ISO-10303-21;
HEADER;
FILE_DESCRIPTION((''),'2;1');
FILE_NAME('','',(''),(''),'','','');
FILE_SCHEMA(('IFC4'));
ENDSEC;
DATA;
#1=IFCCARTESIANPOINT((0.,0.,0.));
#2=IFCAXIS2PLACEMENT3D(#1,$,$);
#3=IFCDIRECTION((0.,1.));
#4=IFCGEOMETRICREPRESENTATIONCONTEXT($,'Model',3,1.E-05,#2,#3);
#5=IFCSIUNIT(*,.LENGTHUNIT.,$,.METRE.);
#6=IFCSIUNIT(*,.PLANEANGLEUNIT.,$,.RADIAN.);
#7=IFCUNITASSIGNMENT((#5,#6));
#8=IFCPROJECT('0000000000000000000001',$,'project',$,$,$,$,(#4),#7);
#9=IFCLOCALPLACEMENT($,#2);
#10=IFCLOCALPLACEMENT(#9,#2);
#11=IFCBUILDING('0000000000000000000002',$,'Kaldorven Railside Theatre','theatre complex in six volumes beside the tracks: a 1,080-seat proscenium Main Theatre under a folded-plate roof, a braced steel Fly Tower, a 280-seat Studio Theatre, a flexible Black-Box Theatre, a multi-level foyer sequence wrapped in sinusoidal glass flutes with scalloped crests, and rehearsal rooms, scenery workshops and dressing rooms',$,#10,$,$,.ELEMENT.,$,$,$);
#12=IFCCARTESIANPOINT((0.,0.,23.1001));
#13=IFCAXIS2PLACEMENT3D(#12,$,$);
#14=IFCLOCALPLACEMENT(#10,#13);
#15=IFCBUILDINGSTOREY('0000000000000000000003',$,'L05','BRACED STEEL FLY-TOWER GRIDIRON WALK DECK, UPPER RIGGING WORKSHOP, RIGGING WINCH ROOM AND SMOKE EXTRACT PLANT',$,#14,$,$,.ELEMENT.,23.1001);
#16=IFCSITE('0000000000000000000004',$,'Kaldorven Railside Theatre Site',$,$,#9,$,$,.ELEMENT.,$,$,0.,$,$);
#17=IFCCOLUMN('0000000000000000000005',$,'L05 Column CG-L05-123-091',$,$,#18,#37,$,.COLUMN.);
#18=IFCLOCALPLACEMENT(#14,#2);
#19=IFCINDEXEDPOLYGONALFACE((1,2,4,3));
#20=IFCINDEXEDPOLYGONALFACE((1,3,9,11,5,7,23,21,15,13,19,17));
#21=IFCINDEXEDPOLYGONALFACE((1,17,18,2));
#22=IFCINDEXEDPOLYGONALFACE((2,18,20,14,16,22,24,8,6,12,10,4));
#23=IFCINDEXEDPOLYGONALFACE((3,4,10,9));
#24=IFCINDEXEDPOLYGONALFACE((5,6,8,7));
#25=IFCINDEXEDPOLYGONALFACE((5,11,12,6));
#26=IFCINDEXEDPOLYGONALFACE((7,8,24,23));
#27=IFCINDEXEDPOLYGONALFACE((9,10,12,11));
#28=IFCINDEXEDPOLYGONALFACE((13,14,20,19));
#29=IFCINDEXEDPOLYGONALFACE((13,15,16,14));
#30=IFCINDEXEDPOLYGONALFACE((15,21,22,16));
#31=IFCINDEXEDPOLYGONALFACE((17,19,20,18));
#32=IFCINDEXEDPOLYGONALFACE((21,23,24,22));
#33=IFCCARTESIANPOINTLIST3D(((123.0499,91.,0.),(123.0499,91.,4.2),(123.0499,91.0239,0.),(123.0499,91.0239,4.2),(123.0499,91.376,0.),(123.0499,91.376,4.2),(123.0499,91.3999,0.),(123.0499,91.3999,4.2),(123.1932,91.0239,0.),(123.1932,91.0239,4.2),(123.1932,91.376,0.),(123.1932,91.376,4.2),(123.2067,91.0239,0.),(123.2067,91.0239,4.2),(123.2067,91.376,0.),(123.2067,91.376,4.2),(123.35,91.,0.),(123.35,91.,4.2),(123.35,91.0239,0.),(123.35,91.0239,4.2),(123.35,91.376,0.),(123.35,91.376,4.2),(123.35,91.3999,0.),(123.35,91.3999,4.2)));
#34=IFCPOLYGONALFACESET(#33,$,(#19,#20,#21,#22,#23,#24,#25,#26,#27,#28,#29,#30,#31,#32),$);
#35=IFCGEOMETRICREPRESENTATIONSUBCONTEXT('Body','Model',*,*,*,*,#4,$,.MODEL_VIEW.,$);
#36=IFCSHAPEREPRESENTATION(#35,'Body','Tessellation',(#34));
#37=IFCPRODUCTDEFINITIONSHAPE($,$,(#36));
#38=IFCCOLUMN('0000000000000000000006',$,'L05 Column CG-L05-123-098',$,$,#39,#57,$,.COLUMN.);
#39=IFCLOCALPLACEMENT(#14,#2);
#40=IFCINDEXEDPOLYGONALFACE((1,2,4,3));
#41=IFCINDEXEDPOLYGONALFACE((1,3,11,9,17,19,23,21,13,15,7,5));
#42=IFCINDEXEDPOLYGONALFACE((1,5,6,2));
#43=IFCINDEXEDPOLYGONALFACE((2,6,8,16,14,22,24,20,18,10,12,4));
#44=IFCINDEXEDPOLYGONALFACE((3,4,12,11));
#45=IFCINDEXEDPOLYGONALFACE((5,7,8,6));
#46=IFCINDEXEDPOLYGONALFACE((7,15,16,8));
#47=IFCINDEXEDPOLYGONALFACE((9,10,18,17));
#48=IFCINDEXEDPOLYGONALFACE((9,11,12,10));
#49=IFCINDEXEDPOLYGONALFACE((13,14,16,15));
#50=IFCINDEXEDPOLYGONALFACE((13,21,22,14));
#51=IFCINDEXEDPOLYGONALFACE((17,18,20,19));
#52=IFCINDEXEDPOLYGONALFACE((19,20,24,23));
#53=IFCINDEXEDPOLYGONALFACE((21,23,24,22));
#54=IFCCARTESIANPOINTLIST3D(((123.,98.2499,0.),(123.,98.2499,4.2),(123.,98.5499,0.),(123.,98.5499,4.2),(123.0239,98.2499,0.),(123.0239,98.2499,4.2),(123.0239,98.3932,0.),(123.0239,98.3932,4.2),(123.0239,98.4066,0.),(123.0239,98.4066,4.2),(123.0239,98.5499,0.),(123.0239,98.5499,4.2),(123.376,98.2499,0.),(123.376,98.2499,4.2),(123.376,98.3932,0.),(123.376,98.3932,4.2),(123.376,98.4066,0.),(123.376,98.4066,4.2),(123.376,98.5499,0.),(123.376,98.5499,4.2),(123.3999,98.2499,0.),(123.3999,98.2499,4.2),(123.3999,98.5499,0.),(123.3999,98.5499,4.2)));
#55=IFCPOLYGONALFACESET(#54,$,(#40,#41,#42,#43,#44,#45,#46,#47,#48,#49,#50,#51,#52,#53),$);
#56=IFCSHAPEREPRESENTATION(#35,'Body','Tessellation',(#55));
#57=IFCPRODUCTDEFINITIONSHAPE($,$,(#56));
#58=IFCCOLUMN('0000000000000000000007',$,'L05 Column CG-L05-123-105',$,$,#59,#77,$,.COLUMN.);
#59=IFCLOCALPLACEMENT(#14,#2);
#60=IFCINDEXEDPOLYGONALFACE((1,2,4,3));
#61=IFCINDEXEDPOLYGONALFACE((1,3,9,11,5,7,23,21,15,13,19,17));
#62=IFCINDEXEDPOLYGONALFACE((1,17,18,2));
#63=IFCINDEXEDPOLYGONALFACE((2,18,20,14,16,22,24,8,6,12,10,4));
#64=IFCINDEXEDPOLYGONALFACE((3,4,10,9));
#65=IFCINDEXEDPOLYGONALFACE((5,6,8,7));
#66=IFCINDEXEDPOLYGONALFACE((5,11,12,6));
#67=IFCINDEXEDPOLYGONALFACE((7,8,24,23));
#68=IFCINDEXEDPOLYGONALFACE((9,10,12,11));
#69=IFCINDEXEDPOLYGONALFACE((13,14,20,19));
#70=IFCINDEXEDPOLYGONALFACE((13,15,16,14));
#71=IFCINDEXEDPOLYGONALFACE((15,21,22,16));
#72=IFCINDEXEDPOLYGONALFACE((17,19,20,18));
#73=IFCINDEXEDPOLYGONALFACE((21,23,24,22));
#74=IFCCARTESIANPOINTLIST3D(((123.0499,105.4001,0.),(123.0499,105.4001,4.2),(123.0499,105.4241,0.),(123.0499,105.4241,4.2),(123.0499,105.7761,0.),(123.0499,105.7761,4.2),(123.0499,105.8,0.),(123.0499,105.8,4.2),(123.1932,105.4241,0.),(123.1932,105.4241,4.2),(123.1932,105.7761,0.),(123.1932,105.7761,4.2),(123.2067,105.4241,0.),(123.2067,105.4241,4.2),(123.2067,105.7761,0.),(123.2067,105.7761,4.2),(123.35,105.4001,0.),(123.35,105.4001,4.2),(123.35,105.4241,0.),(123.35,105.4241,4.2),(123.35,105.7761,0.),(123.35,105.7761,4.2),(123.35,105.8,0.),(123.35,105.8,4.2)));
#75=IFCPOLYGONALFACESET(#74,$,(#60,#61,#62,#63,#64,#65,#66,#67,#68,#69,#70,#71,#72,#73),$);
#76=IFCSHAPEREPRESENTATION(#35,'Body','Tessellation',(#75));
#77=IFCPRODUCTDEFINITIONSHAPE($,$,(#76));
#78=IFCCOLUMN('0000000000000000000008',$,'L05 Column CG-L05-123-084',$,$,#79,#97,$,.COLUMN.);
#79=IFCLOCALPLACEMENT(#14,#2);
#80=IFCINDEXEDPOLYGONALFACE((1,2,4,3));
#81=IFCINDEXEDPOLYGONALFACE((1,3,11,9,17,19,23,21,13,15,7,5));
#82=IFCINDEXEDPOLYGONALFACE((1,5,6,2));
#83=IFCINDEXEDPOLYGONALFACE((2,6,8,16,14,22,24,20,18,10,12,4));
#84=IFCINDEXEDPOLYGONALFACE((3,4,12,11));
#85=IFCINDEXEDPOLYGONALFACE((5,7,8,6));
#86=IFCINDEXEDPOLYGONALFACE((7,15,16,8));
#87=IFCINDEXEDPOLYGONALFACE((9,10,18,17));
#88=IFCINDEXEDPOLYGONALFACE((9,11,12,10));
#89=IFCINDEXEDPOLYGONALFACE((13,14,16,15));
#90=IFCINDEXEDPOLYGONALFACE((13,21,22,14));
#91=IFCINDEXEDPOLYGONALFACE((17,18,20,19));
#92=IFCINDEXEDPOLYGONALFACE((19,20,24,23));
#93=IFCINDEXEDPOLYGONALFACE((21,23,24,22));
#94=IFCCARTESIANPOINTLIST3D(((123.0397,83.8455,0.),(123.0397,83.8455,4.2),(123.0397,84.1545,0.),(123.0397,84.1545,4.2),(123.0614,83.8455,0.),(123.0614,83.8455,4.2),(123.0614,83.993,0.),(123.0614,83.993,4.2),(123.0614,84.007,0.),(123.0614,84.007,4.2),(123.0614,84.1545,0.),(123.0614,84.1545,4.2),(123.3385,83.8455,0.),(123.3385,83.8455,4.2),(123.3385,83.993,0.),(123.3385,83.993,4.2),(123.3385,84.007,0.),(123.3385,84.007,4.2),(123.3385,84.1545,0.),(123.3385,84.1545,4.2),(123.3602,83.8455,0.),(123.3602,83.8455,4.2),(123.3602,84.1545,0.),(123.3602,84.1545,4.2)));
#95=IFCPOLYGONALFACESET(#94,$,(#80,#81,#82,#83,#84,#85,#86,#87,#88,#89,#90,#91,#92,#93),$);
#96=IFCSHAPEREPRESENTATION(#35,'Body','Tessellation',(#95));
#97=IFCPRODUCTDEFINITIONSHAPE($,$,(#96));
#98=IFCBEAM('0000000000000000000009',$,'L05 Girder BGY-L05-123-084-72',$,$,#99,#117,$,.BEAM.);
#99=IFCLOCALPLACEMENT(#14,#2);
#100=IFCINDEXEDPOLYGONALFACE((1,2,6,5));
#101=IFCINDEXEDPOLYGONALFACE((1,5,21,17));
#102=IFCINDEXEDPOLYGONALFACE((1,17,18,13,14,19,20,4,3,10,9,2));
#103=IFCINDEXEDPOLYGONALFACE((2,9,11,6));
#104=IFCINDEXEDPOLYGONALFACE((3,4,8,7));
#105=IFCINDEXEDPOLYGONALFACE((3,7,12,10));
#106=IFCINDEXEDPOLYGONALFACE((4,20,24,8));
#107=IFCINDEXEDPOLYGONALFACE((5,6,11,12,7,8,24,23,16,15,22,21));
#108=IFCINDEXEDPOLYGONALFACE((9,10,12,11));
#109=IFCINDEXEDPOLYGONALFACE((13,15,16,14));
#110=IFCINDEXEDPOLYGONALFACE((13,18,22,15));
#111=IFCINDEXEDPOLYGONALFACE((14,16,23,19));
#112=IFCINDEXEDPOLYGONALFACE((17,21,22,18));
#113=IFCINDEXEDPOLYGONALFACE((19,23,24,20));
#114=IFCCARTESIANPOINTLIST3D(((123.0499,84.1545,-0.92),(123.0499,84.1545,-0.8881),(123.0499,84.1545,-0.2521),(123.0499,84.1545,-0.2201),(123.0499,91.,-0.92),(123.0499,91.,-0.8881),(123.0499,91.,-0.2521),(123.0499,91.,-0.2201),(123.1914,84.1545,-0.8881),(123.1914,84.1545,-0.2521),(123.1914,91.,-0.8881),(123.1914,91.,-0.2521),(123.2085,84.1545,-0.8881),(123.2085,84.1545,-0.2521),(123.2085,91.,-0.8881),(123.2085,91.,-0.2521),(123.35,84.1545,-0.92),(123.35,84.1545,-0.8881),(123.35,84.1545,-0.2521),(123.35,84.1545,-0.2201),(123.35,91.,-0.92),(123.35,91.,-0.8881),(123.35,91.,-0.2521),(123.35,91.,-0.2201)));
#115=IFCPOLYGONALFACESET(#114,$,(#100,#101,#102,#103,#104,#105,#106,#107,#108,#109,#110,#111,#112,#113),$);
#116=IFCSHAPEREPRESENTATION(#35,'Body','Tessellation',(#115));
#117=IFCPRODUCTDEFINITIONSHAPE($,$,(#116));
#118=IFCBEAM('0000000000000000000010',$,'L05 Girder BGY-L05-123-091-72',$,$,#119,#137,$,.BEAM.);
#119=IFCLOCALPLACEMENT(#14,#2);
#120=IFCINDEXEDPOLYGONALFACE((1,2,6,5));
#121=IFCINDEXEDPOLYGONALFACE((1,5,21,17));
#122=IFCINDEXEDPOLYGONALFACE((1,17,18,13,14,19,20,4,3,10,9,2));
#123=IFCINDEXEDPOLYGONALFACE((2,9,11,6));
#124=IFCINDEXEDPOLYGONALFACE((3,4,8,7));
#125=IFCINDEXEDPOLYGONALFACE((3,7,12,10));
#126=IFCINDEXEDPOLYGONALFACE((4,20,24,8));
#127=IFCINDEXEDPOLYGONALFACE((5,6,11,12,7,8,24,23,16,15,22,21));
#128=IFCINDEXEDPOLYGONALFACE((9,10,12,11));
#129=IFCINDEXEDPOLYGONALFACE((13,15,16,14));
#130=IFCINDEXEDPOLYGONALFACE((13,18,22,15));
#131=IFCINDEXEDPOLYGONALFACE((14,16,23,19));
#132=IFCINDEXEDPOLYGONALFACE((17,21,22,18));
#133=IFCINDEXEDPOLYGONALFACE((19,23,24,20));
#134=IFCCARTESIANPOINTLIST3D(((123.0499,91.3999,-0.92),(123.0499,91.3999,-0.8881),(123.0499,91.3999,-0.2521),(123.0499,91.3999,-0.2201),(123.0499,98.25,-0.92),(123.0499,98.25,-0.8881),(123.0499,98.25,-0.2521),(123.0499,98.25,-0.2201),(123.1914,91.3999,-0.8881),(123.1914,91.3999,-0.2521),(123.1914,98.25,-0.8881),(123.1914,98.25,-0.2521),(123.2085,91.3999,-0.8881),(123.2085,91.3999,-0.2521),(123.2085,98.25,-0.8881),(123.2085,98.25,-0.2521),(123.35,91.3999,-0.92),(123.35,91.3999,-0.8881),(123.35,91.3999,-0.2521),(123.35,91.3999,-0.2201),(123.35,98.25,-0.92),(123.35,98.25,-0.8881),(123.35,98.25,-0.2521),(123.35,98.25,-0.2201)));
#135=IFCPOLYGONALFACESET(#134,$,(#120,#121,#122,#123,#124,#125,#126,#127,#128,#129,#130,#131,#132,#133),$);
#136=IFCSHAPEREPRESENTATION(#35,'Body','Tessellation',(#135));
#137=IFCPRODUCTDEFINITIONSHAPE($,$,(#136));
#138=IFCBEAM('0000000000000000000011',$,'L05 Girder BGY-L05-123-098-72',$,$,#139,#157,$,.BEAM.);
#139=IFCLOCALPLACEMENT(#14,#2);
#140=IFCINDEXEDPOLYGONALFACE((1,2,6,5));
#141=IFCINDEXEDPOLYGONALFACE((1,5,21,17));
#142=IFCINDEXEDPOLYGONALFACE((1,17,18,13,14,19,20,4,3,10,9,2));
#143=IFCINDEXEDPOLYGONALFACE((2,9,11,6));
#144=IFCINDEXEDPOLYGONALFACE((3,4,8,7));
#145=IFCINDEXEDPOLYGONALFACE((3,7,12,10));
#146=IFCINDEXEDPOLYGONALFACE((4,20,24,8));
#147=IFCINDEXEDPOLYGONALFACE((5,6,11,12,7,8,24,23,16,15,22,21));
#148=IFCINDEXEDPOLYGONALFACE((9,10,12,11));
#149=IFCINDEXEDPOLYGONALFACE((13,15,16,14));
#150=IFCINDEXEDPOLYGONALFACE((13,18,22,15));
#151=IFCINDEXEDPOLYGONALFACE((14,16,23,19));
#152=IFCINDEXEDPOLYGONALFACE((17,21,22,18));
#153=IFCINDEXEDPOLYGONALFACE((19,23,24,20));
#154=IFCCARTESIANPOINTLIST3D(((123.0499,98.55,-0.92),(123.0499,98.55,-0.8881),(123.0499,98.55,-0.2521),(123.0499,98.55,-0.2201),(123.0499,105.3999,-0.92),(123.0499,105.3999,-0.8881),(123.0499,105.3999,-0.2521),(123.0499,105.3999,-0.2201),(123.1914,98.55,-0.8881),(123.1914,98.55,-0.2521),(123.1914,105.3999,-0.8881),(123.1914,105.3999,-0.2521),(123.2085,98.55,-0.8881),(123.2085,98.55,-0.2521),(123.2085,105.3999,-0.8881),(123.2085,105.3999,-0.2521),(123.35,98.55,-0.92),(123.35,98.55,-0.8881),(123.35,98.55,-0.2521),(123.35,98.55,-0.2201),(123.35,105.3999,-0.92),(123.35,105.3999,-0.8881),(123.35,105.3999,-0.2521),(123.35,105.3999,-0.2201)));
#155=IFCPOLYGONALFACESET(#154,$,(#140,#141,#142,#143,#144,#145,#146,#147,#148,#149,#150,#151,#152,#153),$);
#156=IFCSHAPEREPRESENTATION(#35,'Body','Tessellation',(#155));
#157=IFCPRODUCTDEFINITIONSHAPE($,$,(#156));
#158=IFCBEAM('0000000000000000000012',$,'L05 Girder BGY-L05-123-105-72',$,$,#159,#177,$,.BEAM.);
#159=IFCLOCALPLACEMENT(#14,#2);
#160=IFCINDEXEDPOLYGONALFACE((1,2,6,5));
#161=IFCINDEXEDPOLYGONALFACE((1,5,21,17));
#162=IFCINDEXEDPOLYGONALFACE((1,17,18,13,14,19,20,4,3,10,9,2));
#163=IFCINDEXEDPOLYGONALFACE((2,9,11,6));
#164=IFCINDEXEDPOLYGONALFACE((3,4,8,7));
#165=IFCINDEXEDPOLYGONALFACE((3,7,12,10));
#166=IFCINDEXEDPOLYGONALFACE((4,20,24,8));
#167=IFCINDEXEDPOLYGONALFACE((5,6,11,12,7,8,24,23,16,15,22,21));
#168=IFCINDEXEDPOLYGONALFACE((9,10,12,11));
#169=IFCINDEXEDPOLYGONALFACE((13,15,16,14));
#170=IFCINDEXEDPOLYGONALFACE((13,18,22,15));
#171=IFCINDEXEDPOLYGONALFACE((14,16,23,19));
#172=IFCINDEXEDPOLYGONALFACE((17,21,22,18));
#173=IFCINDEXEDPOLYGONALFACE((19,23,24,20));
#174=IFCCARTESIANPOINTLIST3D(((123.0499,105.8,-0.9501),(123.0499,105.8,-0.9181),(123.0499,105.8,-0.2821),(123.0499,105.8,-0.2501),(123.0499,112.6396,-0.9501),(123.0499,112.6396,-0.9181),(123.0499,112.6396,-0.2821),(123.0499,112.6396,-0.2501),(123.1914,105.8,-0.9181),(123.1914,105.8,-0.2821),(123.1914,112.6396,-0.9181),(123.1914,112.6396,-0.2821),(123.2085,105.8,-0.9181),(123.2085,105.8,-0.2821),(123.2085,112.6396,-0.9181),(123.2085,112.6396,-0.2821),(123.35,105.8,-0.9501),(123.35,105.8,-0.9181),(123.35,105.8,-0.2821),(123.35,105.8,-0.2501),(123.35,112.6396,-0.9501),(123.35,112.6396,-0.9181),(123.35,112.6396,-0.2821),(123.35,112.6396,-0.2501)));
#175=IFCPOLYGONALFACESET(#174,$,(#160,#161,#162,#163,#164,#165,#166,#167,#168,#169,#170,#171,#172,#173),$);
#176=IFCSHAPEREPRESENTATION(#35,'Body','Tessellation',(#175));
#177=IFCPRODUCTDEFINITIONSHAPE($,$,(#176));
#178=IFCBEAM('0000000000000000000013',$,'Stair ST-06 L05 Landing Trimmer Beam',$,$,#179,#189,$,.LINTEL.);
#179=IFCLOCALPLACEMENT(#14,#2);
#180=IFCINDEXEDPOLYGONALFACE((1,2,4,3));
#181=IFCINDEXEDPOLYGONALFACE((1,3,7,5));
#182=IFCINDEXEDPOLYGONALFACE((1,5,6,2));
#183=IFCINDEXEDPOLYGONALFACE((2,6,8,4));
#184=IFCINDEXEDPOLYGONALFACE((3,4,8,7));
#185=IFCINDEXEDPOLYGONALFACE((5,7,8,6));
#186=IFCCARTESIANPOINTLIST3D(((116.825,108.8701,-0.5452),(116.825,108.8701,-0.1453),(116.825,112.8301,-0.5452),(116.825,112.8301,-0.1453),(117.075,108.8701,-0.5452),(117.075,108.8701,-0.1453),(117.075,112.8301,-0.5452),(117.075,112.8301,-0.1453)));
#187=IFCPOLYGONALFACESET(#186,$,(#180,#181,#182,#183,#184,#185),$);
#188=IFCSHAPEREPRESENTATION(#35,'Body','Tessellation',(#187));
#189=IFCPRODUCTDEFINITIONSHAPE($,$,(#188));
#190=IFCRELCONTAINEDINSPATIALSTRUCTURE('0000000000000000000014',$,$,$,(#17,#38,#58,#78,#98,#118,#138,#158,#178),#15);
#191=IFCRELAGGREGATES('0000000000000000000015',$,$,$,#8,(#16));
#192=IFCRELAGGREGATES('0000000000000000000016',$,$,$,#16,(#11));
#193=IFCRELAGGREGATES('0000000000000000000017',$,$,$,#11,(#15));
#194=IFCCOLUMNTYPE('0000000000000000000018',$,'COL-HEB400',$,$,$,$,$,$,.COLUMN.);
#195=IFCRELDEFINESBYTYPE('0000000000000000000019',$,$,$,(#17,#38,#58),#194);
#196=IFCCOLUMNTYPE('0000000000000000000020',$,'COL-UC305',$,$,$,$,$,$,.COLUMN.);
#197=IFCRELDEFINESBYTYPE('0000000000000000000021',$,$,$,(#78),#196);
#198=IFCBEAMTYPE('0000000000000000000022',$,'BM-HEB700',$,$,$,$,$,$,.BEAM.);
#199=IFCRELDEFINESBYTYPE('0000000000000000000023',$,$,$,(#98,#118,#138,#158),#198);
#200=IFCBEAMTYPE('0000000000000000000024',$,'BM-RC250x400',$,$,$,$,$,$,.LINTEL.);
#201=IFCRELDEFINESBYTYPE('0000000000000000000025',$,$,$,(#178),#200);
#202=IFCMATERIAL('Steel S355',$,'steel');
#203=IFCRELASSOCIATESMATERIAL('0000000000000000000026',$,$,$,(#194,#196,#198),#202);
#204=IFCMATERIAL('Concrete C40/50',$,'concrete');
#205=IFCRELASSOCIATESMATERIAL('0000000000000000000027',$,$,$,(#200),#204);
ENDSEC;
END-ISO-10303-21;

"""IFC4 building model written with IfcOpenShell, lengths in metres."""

from ifc_helpers import new_model, si_unit, direction, frame, origin, origin_2d, place, context, subcontext, project, spatial, rectangle, i_section, extrude, material, material_profile, profile_set, type_object, element, save


model = new_model("IFC4")

# Units and contexts
model_context = context("Model", 3, precision=1e-05, world=origin(), true_north=direction((0.0, 1.0)))
body_context = subcontext(model_context, "Body", "Model", "MODEL_VIEW")
ifc_project = project(units=[si_unit("LENGTHUNIT", "METRE"), si_unit("PLANEANGLEUNIT", "RADIAN")], contexts=[model_context])

# Site, building, storey
site_placement = place(None, origin())
site = spatial("IfcSite", under=ifc_project, at=site_placement, Name="Kaldorven Railside Theatre Site", CompositionType="ELEMENT", RefElevation=0.0)
building_placement = place(site_placement, origin())
building = spatial("IfcBuilding", under=site, at=building_placement, Name="Kaldorven Railside Theatre", Description="theatre complex in six volumes beside the tracks: a 1,080-seat proscenium Main Theatre under a folded-plate roof, a braced steel Fly Tower, a 280-seat Studio Theatre, a flexible Black-Box Theatre, a multi-level foyer sequence wrapped in sinusoidal glass flutes with scalloped crests, and rehearsal rooms, scenery workshops and dressing rooms", CompositionType="ELEMENT")
storey_placement = place(building_placement, frame((0.0, 0.0, 23.1001)))
storey = spatial("IfcBuildingStorey", under=building, at=storey_placement, Name="L05", Description="BRACED STEEL FLY-TOWER GRIDIRON WALK DECK, UPPER RIGGING WORKSHOP, RIGGING WINCH ROOM AND SMOKE EXTRACT PLANT", CompositionType="ELEMENT", Elevation=23.1001)

# Columns
ifc_material_1 = material(Name="Steel S355", Category="steel")
ifc_material_profile_1 = material_profile(ifc_material_1, i_section(OverallWidth=0.3, OverallDepth=0.3999, WebThickness=0.0134, FlangeThickness=0.0239, at=origin_2d()), Name="HEB 400")
ifc_profile_set_1 = profile_set([ifc_material_profile_1], Name="Steel S355")
column_type_1 = type_object("IfcColumnType", Name="COL-HEB400", PredefinedType="COLUMN", material=ifc_profile_set_1)
for number, where, z_axis, x_axis, name in (
    (1, (123.2, 91.2, 0.0), (0.0, 0.0, 1.0), (1.0, 0.0, 0.0), "L05 Column CG-L05-123-091"),
    (2, (123.2, 98.3999, 0.0), (0.0, 0.0, 1.0), (0.0, 1.0, 0.0), "L05 Column CG-L05-123-098"),
    (3, (123.2, 105.6001, 0.0), (0.0, 0.0, 1.0), (1.0, 0.0, 0.0), "L05 Column CG-L05-123-105"),
):
    element("IfcColumn", number, at=place(storey_placement, frame(where, z_axis=z_axis, x_axis=x_axis)), inside=storey, type_object=column_type_1, Name=name, PredefinedType="COLUMN", context=body_context, shape_type="SweptSolid", body=[
        extrude(i_section(OverallWidth=0.3, OverallDepth=0.3999, WebThickness=0.0134, FlangeThickness=0.0239, at=origin_2d()), origin(), (0.0, 0.0, 1.0), 4.2),
    ])
ifc_material_profile_2 = material_profile(ifc_material_1, i_section(OverallWidth=0.3091, OverallDepth=0.3206, WebThickness=0.0139, FlangeThickness=0.0217, at=origin_2d()), Name="UC 305x305x137")
ifc_profile_set_2 = profile_set([ifc_material_profile_2], Name="Steel S355")
column_type_2 = type_object("IfcColumnType", Name="COL-UC305", PredefinedType="COLUMN", material=ifc_profile_set_2)
column_placement = place(storey_placement, frame((123.2, 84.0, 0.0), z_axis=(0.0, 0.0, 1.0), x_axis=(0.0, 1.0, 0.0)))
element("IfcColumn", 4, at=column_placement, inside=storey, type_object=column_type_2, Name="L05 Column CG-L05-123-084", PredefinedType="COLUMN", context=body_context, shape_type="SweptSolid", body=[
    extrude(i_section(OverallWidth=0.3091, OverallDepth=0.3206, WebThickness=0.0139, FlangeThickness=0.0217, at=origin_2d()), origin(), (0.0, 0.0, 1.0), 4.2),
])

# Beams
ifc_material_profile_3 = material_profile(ifc_material_1, i_section(OverallWidth=0.3, OverallDepth=0.7, WebThickness=0.0171, FlangeThickness=0.032, at=origin_2d()), Name="HEB 700")
ifc_profile_set_3 = profile_set([ifc_material_profile_3], Name="Steel S355")
beam_type_1 = type_object("IfcBeamType", Name="BM-HEB700", PredefinedType="BEAM", material=ifc_profile_set_3)
beam_1_placement = place(storey_placement, frame((123.2, 84.1545, -0.5701), z_axis=(0.0, 1.0, 0.0), x_axis=(-1.0, 0.0, 0.0)))
element("IfcBeam", 5, at=beam_1_placement, inside=storey, type_object=beam_type_1, Name="L05 Girder BGY-L05-123-084-72", PredefinedType="BEAM", context=body_context, shape_type="SweptSolid", body=[
    extrude(i_section(OverallWidth=0.3, OverallDepth=0.7, WebThickness=0.0171, FlangeThickness=0.032, at=origin_2d()), origin(), (0.0, 0.0, 1.0), 6.8455),
])
beam_2_placement = place(storey_placement, frame((123.2, 91.3999, -0.5701), z_axis=(0.0, 1.0, 0.0), x_axis=(-1.0, 0.0, 0.0)))
element("IfcBeam", 6, at=beam_2_placement, inside=storey, type_object=beam_type_1, Name="L05 Girder BGY-L05-123-091-72", PredefinedType="BEAM", context=body_context, shape_type="SweptSolid", body=[
    extrude(i_section(OverallWidth=0.3, OverallDepth=0.7, WebThickness=0.0171, FlangeThickness=0.032, at=origin_2d()), origin(), (0.0, 0.0, 1.0), 6.8501),
])
beam_3_placement = place(storey_placement, frame((123.2, 98.55, -0.5701), z_axis=(0.0, 1.0, 0.0), x_axis=(-1.0, 0.0, 0.0)))
element("IfcBeam", 7, at=beam_3_placement, inside=storey, type_object=beam_type_1, Name="L05 Girder BGY-L05-123-098-72", PredefinedType="BEAM", context=body_context, shape_type="SweptSolid", body=[
    extrude(i_section(OverallWidth=0.3, OverallDepth=0.7, WebThickness=0.0171, FlangeThickness=0.032, at=origin_2d()), origin(), (0.0, 0.0, 1.0), 6.8499),
])
beam_4_placement = place(storey_placement, frame((123.2, 105.8, -0.6001), z_axis=(0.0, 1.0, 0.0), x_axis=(-1.0, 0.0, 0.0)))
element("IfcBeam", 8, at=beam_4_placement, inside=storey, type_object=beam_type_1, Name="L05 Girder BGY-L05-123-105-72", PredefinedType="BEAM", context=body_context, shape_type="SweptSolid", body=[
    extrude(i_section(OverallWidth=0.3, OverallDepth=0.7, WebThickness=0.0171, FlangeThickness=0.032, at=origin_2d()), origin(), (0.0, 0.0, 1.0), 6.8396),
])
ifc_material_2 = material(Name="Concrete C40/50", Category="concrete")
ifc_material_profile_4 = material_profile(ifc_material_2, rectangle(XDim=0.25, YDim=0.3999, at=origin_2d()), Name="RC 250x400")
ifc_profile_set_4 = profile_set([ifc_material_profile_4], Name="Concrete C40/50")
beam_type_2 = type_object("IfcBeamType", Name="BM-RC250x400", PredefinedType="LINTEL", material=ifc_profile_set_4)
beam_5_placement = place(storey_placement, frame((116.95, 108.8701, -0.3452), z_axis=(0.0, 1.0, 0.0), x_axis=(-1.0, 0.0, 0.0)))
element("IfcBeam", 9, at=beam_5_placement, inside=storey, type_object=beam_type_2, Name="Stair ST-06 L05 Landing Trimmer Beam", PredefinedType="LINTEL", context=body_context, shape_type="SweptSolid", body=[
    extrude(rectangle(XDim=0.25, YDim=0.3999, at=origin_2d()), origin(), (0.0, 0.0, 1.0), 3.96),
])

save(model, "model.ifc")
